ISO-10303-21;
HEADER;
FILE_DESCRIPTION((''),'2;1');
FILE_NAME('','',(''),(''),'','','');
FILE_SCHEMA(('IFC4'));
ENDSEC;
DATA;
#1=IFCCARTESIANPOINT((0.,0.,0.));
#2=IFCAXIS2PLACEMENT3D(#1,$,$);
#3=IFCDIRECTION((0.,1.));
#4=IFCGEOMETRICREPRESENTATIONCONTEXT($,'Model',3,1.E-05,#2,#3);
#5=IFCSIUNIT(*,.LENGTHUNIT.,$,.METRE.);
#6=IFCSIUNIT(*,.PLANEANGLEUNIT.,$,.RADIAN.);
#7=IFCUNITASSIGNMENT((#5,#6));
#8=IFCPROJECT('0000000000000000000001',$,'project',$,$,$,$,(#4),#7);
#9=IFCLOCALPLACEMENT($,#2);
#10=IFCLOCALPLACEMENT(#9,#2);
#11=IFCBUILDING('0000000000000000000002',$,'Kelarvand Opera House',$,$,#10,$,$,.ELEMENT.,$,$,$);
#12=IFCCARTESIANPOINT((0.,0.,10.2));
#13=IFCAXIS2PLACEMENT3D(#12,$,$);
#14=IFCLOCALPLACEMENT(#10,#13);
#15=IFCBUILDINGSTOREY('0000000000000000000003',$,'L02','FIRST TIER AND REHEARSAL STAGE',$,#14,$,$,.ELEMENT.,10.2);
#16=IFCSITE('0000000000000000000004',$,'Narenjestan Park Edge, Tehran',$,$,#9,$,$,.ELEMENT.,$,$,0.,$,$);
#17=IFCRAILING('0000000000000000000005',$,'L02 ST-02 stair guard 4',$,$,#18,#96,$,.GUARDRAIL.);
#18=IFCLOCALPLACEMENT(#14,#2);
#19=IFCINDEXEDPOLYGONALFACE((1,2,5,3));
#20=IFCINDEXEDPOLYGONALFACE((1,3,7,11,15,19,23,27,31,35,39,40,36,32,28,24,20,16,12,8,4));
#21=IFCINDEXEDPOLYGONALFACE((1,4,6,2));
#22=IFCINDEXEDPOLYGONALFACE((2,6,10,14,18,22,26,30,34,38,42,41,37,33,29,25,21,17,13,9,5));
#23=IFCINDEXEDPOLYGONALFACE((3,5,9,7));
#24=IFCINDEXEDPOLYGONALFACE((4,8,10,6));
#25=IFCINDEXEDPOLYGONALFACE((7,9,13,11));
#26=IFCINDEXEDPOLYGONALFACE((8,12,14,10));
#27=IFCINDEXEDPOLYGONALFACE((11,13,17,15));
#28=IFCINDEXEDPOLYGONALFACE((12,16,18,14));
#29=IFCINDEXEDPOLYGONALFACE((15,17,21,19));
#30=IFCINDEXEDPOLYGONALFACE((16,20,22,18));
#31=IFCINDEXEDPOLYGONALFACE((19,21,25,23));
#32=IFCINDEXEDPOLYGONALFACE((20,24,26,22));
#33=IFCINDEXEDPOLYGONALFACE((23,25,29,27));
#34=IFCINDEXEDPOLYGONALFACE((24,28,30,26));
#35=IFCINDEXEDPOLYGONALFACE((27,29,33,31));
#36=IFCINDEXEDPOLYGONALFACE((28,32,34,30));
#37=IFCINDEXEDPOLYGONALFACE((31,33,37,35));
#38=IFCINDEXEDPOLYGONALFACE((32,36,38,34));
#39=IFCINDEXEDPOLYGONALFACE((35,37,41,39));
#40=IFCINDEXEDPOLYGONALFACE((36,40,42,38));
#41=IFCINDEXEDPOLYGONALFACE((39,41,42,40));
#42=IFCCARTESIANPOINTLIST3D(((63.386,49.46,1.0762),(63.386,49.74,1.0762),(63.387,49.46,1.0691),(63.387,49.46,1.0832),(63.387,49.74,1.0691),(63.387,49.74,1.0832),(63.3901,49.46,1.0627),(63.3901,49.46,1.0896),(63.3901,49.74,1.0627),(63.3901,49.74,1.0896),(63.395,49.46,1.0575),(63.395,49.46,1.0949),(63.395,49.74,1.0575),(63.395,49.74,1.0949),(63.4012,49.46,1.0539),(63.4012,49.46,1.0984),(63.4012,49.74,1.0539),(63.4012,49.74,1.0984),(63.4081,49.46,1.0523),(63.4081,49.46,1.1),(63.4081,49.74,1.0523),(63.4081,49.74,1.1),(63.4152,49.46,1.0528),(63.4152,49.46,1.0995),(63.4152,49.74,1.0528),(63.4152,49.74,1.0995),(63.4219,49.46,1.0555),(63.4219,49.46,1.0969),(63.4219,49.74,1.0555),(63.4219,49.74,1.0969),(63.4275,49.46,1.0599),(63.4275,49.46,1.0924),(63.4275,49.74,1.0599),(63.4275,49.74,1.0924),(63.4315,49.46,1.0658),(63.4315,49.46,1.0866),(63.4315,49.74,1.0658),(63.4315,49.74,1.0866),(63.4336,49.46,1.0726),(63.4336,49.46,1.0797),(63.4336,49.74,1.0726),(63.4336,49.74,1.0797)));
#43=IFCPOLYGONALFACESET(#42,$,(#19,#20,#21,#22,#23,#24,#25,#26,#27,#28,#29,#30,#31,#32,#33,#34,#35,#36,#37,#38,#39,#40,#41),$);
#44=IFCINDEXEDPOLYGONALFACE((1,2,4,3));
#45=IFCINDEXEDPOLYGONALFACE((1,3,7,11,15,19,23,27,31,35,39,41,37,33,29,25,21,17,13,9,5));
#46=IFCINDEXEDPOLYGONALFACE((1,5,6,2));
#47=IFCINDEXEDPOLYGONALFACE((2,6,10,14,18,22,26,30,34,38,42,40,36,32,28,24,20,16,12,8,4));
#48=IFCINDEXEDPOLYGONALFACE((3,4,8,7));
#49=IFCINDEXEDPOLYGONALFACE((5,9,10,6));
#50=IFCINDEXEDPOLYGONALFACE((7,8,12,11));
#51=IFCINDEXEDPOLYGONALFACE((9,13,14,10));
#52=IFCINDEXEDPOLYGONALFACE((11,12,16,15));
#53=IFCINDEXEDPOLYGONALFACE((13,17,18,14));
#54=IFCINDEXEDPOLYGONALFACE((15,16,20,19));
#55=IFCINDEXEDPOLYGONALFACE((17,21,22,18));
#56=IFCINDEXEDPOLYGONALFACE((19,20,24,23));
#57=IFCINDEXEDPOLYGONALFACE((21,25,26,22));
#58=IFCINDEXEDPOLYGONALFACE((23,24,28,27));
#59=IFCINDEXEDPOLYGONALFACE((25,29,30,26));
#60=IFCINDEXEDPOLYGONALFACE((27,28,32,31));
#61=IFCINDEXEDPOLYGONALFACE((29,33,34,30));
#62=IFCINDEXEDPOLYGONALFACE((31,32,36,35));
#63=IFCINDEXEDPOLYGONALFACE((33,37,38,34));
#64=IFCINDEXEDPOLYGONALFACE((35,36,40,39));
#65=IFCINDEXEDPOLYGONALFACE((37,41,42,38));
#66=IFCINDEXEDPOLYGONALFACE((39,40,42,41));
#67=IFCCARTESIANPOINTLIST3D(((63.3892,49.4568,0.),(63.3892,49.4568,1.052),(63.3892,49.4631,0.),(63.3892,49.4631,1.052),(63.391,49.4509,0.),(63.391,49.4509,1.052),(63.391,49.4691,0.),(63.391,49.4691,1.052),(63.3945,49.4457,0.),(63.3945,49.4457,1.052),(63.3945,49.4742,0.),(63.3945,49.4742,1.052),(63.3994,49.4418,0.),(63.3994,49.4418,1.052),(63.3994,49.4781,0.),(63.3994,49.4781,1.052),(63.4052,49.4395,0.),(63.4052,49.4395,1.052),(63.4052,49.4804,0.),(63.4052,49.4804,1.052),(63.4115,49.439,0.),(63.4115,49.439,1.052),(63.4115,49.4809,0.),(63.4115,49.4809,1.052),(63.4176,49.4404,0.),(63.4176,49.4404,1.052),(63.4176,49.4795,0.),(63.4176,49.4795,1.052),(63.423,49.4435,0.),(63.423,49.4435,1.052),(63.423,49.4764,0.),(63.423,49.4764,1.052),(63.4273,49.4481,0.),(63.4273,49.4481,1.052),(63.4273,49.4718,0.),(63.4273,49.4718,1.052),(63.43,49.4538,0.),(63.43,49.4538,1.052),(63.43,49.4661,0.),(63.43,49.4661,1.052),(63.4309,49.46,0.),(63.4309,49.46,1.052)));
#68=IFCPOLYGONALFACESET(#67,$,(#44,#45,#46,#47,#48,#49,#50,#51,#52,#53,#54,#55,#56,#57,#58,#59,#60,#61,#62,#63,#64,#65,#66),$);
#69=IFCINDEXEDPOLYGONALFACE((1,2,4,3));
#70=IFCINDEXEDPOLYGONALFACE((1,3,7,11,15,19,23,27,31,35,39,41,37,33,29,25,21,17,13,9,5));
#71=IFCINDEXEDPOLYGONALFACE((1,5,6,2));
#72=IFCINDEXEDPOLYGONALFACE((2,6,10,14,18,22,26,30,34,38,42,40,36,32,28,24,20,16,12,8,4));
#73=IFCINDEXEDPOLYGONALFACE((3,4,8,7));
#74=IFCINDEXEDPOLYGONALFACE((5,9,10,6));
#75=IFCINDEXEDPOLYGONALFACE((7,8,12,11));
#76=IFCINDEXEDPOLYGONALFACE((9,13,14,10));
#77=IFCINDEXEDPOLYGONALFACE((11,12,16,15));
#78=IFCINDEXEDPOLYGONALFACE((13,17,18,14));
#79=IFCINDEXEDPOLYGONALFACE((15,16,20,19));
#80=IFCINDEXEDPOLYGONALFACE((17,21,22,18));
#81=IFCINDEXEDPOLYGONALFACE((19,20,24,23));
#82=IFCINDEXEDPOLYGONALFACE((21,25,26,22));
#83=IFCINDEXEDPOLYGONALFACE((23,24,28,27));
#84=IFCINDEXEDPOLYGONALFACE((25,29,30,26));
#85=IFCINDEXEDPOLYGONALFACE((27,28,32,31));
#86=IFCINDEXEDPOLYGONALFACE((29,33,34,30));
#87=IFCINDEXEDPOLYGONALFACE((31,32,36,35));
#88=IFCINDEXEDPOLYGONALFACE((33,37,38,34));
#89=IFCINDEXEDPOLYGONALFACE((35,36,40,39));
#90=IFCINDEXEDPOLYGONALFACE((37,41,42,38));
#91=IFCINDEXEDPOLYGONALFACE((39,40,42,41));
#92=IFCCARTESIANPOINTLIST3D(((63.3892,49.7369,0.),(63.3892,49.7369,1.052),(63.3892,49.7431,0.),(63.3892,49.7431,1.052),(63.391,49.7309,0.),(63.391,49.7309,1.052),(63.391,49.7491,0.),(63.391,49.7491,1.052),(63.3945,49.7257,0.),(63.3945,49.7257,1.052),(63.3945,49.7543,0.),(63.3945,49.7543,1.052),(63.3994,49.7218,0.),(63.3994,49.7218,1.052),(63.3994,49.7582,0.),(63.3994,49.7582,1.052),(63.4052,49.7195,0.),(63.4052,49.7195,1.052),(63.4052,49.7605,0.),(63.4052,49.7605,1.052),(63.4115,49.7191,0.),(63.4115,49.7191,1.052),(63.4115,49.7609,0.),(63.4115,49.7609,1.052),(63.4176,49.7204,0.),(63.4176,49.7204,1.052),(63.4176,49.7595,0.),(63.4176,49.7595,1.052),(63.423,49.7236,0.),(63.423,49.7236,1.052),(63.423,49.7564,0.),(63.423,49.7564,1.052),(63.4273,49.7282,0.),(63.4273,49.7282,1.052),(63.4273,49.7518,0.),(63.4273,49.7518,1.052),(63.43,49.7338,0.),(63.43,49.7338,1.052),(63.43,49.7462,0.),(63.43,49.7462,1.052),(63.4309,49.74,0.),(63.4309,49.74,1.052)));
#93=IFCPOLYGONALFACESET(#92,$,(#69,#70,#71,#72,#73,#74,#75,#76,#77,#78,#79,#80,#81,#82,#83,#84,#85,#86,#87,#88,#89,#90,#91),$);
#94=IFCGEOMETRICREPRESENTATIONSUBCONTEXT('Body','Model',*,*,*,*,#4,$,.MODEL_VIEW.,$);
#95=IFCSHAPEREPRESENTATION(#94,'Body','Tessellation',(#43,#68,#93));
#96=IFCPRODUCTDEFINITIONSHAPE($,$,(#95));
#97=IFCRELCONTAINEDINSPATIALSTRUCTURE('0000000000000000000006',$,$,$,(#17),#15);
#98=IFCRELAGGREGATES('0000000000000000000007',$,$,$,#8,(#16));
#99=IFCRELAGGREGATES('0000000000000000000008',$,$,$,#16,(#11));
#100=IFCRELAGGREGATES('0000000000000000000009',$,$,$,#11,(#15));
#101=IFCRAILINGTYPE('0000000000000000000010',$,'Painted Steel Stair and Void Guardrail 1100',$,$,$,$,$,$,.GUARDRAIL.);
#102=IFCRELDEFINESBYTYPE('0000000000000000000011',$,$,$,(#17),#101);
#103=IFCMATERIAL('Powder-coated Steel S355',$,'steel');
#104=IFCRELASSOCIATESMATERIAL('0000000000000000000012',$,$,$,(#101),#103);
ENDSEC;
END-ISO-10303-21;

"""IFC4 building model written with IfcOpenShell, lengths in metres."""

from ifc_helpers import new_model, si_unit, direction, frame, origin, origin_2d, place, context, subcontext, project, spatial, circle, extrude, material, type_object, element, save


model = new_model("IFC4")

# Units and contexts
model_context = context("Model", 3, precision=1e-05, world=origin(), true_north=direction((0.0, 1.0)))
body_context = subcontext(model_context, "Body", "Model", "MODEL_VIEW")
ifc_project = project(units=[si_unit("LENGTHUNIT", "METRE"), si_unit("PLANEANGLEUNIT", "RADIAN")], contexts=[model_context])

# Site, building, storey
site_placement = place(None, origin())
site = spatial("IfcSite", under=ifc_project, at=site_placement, Name="Narenjestan Park Edge, Tehran", CompositionType="ELEMENT", RefElevation=0.0)
building_placement = place(site_placement, origin())
building = spatial("IfcBuilding", under=site, at=building_placement, Name="Kelarvand Opera House", CompositionType="ELEMENT")
storey_placement = place(building_placement, frame((0.0, 0.0, 10.2)))
storey = spatial("IfcBuildingStorey", under=building, at=storey_placement, Name="L02", Description="FIRST TIER AND REHEARSAL STAGE", CompositionType="ELEMENT", Elevation=10.2)

# Railing
ifc_material_1 = material(Name="Powder-coated Steel S355", Category="steel")
railing_type = type_object("IfcRailingType", Name="Painted Steel Stair and Void Guardrail 1100", PredefinedType="GUARDRAIL", material=ifc_material_1)
railing_1_placement = place(storey_placement, frame((63.4099, 49.46, 0.0)))
element("IfcRailing", 1, at=railing_1_placement, inside=storey, type_object=railing_type, Name="L02 ST-02 stair guard 4", PredefinedType="GUARDRAIL", context=body_context, shape_type="SweptSolid", body=[
    extrude(circle(Radius=0.0239, at=origin_2d()), frame((0.0, 0.0, 1.0762), z_axis=(0.0, 1.0, 0.0), x_axis=(-1.0, 0.0, 0.0)), (0.0, 0.0, 1.0), 0.28),
    extrude(circle(Radius=0.021, at=origin_2d()), origin(), (0.0, 0.0, 1.0), 1.052),
    extrude(circle(Radius=0.021, at=origin_2d()), frame((0.0, 0.28, 0.0)), (0.0, 0.0, 1.0), 1.052),
])

save(model, "model.ifc")
